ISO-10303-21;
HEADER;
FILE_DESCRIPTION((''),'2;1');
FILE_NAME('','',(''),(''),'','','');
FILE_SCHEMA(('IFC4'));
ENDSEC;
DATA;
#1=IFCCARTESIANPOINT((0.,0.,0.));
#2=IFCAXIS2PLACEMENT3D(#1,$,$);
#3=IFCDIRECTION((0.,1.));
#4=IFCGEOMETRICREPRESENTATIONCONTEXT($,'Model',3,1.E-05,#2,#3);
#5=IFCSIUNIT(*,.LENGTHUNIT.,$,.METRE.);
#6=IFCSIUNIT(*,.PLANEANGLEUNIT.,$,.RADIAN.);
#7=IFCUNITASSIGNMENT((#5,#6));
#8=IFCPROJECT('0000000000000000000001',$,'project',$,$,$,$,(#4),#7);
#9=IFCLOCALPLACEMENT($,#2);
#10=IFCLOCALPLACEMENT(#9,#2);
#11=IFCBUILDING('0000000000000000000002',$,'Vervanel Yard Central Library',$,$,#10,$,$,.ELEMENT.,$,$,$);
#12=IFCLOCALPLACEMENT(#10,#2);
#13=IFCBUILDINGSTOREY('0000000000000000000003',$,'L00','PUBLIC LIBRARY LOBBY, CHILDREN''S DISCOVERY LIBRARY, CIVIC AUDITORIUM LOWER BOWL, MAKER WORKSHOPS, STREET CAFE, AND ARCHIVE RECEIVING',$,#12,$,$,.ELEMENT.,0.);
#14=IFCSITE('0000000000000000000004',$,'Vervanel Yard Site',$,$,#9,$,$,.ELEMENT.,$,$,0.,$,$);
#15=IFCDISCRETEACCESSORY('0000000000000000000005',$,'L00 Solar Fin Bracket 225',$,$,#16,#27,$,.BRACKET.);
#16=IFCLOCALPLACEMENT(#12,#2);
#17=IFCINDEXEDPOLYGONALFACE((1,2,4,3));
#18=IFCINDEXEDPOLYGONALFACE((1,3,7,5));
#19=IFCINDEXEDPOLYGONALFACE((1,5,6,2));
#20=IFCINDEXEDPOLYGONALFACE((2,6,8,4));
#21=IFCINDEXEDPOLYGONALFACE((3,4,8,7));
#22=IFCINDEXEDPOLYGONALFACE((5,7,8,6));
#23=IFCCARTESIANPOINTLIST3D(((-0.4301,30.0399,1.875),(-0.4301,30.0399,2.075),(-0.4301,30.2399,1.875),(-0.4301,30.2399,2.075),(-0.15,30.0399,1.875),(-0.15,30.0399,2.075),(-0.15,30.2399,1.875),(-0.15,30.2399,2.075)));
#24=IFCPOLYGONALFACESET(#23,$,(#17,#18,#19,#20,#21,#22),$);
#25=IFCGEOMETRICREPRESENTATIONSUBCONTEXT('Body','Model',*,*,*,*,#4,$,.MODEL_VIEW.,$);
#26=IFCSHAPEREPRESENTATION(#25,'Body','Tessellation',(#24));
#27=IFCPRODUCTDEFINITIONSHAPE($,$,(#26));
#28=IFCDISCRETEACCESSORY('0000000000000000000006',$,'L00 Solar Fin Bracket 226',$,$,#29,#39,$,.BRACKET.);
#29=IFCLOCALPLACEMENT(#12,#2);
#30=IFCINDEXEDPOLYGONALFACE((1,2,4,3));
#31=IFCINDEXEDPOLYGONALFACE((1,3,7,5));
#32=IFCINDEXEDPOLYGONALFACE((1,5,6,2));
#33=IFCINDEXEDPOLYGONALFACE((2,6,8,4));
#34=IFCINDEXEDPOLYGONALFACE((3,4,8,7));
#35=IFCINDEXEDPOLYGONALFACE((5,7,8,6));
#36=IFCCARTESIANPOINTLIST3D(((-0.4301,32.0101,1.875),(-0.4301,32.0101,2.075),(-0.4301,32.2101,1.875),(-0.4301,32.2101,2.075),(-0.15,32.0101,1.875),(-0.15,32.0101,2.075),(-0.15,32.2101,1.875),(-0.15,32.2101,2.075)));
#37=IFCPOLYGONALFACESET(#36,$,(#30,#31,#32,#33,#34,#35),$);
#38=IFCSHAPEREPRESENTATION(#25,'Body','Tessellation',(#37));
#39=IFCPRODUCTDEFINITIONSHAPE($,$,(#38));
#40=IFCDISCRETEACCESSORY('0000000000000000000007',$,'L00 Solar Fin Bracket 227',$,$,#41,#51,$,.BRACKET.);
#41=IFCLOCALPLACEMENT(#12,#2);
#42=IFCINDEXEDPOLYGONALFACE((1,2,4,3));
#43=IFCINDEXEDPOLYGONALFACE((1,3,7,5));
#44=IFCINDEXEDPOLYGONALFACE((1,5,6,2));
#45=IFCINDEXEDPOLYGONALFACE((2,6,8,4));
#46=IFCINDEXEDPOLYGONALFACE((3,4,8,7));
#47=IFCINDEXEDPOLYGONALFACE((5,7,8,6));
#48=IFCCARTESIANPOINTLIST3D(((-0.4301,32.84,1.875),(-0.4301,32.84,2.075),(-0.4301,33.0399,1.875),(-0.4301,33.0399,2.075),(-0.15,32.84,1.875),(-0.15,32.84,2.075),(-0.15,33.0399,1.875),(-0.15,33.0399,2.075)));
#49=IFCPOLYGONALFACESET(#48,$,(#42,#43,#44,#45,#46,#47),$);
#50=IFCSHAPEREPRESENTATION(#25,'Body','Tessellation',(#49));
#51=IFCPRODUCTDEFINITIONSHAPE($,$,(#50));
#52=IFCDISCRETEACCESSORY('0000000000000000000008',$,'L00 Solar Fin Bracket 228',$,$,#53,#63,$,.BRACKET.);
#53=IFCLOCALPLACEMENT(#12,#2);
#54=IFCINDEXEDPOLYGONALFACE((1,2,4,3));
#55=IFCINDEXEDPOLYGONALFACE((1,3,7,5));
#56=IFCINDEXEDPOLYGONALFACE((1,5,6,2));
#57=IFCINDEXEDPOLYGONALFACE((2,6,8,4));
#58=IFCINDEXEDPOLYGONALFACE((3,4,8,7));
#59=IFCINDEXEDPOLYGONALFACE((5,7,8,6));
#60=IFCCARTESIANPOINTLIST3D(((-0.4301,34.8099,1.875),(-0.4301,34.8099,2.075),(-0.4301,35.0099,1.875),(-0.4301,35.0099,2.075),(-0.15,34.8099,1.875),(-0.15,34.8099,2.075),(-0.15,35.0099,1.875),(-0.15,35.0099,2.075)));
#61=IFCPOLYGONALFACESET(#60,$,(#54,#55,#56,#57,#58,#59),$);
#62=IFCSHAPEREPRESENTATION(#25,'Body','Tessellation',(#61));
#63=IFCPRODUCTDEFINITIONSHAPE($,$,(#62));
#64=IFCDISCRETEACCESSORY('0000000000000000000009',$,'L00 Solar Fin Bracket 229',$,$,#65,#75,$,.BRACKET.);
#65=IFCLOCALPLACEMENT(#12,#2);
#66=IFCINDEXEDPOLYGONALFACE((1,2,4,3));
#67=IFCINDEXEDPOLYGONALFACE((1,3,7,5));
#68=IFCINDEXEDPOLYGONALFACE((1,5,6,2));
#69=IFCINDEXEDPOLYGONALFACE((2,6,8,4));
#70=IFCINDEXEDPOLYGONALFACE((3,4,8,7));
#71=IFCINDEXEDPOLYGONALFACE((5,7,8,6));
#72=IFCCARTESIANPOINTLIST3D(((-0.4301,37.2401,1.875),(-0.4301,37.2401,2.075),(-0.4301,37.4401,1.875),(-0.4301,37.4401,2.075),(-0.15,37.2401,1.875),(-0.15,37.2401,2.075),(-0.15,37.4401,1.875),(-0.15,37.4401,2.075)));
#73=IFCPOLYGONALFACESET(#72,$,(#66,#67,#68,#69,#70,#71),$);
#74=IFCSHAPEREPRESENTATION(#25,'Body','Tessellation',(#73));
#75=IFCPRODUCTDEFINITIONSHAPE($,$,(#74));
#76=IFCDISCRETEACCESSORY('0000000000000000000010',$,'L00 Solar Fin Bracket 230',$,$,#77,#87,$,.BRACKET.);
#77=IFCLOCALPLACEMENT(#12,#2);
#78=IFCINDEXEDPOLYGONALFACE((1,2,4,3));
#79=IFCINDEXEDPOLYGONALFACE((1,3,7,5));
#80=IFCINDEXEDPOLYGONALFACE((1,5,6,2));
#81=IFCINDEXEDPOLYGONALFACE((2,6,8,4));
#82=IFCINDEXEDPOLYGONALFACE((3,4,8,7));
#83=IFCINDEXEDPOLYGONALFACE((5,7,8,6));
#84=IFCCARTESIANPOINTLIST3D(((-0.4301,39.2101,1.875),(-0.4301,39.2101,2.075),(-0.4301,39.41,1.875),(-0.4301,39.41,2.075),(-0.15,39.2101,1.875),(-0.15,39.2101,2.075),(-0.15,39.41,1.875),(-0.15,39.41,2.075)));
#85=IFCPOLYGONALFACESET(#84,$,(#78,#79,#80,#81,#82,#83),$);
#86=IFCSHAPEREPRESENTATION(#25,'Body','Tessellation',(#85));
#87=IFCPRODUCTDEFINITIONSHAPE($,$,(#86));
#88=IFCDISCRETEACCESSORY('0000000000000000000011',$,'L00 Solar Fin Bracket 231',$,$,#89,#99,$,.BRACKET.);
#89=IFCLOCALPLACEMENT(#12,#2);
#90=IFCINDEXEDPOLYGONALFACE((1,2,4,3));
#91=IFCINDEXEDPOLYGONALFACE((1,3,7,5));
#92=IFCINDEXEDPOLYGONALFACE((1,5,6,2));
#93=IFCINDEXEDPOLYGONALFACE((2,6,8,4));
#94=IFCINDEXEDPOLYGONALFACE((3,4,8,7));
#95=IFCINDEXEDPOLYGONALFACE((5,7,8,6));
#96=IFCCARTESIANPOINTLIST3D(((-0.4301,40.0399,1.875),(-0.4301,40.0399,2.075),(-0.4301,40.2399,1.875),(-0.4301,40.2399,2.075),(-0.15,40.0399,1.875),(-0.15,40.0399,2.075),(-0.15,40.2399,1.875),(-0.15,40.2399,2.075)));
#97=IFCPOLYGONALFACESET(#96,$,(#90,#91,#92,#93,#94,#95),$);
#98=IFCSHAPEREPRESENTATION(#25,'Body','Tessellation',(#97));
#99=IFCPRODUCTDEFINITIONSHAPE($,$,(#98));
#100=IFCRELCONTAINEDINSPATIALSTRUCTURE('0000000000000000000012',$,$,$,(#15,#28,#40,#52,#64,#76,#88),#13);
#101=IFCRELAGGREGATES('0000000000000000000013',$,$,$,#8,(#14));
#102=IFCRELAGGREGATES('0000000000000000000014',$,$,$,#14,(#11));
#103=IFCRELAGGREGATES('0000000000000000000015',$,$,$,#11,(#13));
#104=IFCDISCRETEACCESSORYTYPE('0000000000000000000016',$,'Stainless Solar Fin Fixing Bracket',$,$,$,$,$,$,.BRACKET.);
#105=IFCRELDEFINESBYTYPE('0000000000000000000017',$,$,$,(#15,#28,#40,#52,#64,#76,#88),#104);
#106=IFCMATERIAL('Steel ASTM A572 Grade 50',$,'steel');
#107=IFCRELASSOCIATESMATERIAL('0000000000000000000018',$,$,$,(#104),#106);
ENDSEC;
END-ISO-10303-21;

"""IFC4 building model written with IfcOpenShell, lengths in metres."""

from ifc_helpers import new_model, si_unit, direction, frame, origin, origin_2d, place, context, subcontext, project, spatial, rectangle, extrude, material, type_object, element, save


model = new_model("IFC4")

# Units and contexts
model_context = context("Model", 3, precision=1e-05, world=origin(), true_north=direction((0.0, 1.0)))
body_context = subcontext(model_context, "Body", "Model", "MODEL_VIEW")
ifc_project = project(units=[si_unit("LENGTHUNIT", "METRE"), si_unit("PLANEANGLEUNIT", "RADIAN")], contexts=[model_context])

# Site, building, storey
site_placement = place(None, origin())
site = spatial("IfcSite", under=ifc_project, at=site_placement, Name="Vervanel Yard Site", CompositionType="ELEMENT", RefElevation=0.0)
building_placement = place(site_placement, origin())
building = spatial("IfcBuilding", under=site, at=building_placement, Name="Vervanel Yard Central Library", CompositionType="ELEMENT")
storey_placement = place(building_placement, origin())
storey = spatial("IfcBuildingStorey", under=building, at=storey_placement, Name="L00", Description="PUBLIC LIBRARY LOBBY, CHILDREN'S DISCOVERY LIBRARY, CIVIC AUDITORIUM LOWER BOWL, MAKER WORKSHOPS, STREET CAFE, AND ARCHIVE RECEIVING", CompositionType="ELEMENT", Elevation=0.0)

# Discrete accessories
ifc_material_1 = material(Name="Steel ASTM A572 Grade 50", Category="steel")
discrete_accessory_type = type_object("IfcDiscreteAccessoryType", Name="Stainless Solar Fin Fixing Bracket", PredefinedType="BRACKET", material=ifc_material_1)
for number, where, z_axis, x_axis, name in (
    (1, (-0.29, 30.1399, 1.875), (0.0, 0.0, 1.0), (0.0, 1.0, 0.0), "L00 Solar Fin Bracket 225"),
    (2, (-0.29, 32.1101, 1.875), (0.0, 0.0, 1.0), (0.0, 1.0, 0.0), "L00 Solar Fin Bracket 226"),
    (3, (-0.29, 32.9399, 1.875), (0.0, 0.0, 1.0), (0.0, 1.0, 0.0), "L00 Solar Fin Bracket 227"),
    (4, (-0.29, 34.9099, 1.875), (0.0, 0.0, 1.0), (0.0, 1.0, 0.0), "L00 Solar Fin Bracket 228"),
    (5, (-0.29, 37.3401, 1.875), (0.0, 0.0, 1.0), (0.0, 1.0, 0.0), "L00 Solar Fin Bracket 229"),
    (6, (-0.29, 39.3101, 1.875), (0.0, 0.0, 1.0), (0.0, 1.0, 0.0), "L00 Solar Fin Bracket 230"),
    (7, (-0.29, 40.1399, 1.875), (0.0, 0.0, 1.0), (0.0, 1.0, 0.0), "L00 Solar Fin Bracket 231"),
):
    element("IfcDiscreteAccessory", number, at=place(storey_placement, frame(where, z_axis=z_axis, x_axis=x_axis)), inside=storey, type_object=discrete_accessory_type, Name=name, PredefinedType="BRACKET", context=body_context, shape_type="SweptSolid", body=[
        extrude(rectangle(XDim=0.2, YDim=0.28, at=origin_2d()), origin(), (0.0, 0.0, 1.0), 0.2),
    ])

save(model, "model.ifc")
